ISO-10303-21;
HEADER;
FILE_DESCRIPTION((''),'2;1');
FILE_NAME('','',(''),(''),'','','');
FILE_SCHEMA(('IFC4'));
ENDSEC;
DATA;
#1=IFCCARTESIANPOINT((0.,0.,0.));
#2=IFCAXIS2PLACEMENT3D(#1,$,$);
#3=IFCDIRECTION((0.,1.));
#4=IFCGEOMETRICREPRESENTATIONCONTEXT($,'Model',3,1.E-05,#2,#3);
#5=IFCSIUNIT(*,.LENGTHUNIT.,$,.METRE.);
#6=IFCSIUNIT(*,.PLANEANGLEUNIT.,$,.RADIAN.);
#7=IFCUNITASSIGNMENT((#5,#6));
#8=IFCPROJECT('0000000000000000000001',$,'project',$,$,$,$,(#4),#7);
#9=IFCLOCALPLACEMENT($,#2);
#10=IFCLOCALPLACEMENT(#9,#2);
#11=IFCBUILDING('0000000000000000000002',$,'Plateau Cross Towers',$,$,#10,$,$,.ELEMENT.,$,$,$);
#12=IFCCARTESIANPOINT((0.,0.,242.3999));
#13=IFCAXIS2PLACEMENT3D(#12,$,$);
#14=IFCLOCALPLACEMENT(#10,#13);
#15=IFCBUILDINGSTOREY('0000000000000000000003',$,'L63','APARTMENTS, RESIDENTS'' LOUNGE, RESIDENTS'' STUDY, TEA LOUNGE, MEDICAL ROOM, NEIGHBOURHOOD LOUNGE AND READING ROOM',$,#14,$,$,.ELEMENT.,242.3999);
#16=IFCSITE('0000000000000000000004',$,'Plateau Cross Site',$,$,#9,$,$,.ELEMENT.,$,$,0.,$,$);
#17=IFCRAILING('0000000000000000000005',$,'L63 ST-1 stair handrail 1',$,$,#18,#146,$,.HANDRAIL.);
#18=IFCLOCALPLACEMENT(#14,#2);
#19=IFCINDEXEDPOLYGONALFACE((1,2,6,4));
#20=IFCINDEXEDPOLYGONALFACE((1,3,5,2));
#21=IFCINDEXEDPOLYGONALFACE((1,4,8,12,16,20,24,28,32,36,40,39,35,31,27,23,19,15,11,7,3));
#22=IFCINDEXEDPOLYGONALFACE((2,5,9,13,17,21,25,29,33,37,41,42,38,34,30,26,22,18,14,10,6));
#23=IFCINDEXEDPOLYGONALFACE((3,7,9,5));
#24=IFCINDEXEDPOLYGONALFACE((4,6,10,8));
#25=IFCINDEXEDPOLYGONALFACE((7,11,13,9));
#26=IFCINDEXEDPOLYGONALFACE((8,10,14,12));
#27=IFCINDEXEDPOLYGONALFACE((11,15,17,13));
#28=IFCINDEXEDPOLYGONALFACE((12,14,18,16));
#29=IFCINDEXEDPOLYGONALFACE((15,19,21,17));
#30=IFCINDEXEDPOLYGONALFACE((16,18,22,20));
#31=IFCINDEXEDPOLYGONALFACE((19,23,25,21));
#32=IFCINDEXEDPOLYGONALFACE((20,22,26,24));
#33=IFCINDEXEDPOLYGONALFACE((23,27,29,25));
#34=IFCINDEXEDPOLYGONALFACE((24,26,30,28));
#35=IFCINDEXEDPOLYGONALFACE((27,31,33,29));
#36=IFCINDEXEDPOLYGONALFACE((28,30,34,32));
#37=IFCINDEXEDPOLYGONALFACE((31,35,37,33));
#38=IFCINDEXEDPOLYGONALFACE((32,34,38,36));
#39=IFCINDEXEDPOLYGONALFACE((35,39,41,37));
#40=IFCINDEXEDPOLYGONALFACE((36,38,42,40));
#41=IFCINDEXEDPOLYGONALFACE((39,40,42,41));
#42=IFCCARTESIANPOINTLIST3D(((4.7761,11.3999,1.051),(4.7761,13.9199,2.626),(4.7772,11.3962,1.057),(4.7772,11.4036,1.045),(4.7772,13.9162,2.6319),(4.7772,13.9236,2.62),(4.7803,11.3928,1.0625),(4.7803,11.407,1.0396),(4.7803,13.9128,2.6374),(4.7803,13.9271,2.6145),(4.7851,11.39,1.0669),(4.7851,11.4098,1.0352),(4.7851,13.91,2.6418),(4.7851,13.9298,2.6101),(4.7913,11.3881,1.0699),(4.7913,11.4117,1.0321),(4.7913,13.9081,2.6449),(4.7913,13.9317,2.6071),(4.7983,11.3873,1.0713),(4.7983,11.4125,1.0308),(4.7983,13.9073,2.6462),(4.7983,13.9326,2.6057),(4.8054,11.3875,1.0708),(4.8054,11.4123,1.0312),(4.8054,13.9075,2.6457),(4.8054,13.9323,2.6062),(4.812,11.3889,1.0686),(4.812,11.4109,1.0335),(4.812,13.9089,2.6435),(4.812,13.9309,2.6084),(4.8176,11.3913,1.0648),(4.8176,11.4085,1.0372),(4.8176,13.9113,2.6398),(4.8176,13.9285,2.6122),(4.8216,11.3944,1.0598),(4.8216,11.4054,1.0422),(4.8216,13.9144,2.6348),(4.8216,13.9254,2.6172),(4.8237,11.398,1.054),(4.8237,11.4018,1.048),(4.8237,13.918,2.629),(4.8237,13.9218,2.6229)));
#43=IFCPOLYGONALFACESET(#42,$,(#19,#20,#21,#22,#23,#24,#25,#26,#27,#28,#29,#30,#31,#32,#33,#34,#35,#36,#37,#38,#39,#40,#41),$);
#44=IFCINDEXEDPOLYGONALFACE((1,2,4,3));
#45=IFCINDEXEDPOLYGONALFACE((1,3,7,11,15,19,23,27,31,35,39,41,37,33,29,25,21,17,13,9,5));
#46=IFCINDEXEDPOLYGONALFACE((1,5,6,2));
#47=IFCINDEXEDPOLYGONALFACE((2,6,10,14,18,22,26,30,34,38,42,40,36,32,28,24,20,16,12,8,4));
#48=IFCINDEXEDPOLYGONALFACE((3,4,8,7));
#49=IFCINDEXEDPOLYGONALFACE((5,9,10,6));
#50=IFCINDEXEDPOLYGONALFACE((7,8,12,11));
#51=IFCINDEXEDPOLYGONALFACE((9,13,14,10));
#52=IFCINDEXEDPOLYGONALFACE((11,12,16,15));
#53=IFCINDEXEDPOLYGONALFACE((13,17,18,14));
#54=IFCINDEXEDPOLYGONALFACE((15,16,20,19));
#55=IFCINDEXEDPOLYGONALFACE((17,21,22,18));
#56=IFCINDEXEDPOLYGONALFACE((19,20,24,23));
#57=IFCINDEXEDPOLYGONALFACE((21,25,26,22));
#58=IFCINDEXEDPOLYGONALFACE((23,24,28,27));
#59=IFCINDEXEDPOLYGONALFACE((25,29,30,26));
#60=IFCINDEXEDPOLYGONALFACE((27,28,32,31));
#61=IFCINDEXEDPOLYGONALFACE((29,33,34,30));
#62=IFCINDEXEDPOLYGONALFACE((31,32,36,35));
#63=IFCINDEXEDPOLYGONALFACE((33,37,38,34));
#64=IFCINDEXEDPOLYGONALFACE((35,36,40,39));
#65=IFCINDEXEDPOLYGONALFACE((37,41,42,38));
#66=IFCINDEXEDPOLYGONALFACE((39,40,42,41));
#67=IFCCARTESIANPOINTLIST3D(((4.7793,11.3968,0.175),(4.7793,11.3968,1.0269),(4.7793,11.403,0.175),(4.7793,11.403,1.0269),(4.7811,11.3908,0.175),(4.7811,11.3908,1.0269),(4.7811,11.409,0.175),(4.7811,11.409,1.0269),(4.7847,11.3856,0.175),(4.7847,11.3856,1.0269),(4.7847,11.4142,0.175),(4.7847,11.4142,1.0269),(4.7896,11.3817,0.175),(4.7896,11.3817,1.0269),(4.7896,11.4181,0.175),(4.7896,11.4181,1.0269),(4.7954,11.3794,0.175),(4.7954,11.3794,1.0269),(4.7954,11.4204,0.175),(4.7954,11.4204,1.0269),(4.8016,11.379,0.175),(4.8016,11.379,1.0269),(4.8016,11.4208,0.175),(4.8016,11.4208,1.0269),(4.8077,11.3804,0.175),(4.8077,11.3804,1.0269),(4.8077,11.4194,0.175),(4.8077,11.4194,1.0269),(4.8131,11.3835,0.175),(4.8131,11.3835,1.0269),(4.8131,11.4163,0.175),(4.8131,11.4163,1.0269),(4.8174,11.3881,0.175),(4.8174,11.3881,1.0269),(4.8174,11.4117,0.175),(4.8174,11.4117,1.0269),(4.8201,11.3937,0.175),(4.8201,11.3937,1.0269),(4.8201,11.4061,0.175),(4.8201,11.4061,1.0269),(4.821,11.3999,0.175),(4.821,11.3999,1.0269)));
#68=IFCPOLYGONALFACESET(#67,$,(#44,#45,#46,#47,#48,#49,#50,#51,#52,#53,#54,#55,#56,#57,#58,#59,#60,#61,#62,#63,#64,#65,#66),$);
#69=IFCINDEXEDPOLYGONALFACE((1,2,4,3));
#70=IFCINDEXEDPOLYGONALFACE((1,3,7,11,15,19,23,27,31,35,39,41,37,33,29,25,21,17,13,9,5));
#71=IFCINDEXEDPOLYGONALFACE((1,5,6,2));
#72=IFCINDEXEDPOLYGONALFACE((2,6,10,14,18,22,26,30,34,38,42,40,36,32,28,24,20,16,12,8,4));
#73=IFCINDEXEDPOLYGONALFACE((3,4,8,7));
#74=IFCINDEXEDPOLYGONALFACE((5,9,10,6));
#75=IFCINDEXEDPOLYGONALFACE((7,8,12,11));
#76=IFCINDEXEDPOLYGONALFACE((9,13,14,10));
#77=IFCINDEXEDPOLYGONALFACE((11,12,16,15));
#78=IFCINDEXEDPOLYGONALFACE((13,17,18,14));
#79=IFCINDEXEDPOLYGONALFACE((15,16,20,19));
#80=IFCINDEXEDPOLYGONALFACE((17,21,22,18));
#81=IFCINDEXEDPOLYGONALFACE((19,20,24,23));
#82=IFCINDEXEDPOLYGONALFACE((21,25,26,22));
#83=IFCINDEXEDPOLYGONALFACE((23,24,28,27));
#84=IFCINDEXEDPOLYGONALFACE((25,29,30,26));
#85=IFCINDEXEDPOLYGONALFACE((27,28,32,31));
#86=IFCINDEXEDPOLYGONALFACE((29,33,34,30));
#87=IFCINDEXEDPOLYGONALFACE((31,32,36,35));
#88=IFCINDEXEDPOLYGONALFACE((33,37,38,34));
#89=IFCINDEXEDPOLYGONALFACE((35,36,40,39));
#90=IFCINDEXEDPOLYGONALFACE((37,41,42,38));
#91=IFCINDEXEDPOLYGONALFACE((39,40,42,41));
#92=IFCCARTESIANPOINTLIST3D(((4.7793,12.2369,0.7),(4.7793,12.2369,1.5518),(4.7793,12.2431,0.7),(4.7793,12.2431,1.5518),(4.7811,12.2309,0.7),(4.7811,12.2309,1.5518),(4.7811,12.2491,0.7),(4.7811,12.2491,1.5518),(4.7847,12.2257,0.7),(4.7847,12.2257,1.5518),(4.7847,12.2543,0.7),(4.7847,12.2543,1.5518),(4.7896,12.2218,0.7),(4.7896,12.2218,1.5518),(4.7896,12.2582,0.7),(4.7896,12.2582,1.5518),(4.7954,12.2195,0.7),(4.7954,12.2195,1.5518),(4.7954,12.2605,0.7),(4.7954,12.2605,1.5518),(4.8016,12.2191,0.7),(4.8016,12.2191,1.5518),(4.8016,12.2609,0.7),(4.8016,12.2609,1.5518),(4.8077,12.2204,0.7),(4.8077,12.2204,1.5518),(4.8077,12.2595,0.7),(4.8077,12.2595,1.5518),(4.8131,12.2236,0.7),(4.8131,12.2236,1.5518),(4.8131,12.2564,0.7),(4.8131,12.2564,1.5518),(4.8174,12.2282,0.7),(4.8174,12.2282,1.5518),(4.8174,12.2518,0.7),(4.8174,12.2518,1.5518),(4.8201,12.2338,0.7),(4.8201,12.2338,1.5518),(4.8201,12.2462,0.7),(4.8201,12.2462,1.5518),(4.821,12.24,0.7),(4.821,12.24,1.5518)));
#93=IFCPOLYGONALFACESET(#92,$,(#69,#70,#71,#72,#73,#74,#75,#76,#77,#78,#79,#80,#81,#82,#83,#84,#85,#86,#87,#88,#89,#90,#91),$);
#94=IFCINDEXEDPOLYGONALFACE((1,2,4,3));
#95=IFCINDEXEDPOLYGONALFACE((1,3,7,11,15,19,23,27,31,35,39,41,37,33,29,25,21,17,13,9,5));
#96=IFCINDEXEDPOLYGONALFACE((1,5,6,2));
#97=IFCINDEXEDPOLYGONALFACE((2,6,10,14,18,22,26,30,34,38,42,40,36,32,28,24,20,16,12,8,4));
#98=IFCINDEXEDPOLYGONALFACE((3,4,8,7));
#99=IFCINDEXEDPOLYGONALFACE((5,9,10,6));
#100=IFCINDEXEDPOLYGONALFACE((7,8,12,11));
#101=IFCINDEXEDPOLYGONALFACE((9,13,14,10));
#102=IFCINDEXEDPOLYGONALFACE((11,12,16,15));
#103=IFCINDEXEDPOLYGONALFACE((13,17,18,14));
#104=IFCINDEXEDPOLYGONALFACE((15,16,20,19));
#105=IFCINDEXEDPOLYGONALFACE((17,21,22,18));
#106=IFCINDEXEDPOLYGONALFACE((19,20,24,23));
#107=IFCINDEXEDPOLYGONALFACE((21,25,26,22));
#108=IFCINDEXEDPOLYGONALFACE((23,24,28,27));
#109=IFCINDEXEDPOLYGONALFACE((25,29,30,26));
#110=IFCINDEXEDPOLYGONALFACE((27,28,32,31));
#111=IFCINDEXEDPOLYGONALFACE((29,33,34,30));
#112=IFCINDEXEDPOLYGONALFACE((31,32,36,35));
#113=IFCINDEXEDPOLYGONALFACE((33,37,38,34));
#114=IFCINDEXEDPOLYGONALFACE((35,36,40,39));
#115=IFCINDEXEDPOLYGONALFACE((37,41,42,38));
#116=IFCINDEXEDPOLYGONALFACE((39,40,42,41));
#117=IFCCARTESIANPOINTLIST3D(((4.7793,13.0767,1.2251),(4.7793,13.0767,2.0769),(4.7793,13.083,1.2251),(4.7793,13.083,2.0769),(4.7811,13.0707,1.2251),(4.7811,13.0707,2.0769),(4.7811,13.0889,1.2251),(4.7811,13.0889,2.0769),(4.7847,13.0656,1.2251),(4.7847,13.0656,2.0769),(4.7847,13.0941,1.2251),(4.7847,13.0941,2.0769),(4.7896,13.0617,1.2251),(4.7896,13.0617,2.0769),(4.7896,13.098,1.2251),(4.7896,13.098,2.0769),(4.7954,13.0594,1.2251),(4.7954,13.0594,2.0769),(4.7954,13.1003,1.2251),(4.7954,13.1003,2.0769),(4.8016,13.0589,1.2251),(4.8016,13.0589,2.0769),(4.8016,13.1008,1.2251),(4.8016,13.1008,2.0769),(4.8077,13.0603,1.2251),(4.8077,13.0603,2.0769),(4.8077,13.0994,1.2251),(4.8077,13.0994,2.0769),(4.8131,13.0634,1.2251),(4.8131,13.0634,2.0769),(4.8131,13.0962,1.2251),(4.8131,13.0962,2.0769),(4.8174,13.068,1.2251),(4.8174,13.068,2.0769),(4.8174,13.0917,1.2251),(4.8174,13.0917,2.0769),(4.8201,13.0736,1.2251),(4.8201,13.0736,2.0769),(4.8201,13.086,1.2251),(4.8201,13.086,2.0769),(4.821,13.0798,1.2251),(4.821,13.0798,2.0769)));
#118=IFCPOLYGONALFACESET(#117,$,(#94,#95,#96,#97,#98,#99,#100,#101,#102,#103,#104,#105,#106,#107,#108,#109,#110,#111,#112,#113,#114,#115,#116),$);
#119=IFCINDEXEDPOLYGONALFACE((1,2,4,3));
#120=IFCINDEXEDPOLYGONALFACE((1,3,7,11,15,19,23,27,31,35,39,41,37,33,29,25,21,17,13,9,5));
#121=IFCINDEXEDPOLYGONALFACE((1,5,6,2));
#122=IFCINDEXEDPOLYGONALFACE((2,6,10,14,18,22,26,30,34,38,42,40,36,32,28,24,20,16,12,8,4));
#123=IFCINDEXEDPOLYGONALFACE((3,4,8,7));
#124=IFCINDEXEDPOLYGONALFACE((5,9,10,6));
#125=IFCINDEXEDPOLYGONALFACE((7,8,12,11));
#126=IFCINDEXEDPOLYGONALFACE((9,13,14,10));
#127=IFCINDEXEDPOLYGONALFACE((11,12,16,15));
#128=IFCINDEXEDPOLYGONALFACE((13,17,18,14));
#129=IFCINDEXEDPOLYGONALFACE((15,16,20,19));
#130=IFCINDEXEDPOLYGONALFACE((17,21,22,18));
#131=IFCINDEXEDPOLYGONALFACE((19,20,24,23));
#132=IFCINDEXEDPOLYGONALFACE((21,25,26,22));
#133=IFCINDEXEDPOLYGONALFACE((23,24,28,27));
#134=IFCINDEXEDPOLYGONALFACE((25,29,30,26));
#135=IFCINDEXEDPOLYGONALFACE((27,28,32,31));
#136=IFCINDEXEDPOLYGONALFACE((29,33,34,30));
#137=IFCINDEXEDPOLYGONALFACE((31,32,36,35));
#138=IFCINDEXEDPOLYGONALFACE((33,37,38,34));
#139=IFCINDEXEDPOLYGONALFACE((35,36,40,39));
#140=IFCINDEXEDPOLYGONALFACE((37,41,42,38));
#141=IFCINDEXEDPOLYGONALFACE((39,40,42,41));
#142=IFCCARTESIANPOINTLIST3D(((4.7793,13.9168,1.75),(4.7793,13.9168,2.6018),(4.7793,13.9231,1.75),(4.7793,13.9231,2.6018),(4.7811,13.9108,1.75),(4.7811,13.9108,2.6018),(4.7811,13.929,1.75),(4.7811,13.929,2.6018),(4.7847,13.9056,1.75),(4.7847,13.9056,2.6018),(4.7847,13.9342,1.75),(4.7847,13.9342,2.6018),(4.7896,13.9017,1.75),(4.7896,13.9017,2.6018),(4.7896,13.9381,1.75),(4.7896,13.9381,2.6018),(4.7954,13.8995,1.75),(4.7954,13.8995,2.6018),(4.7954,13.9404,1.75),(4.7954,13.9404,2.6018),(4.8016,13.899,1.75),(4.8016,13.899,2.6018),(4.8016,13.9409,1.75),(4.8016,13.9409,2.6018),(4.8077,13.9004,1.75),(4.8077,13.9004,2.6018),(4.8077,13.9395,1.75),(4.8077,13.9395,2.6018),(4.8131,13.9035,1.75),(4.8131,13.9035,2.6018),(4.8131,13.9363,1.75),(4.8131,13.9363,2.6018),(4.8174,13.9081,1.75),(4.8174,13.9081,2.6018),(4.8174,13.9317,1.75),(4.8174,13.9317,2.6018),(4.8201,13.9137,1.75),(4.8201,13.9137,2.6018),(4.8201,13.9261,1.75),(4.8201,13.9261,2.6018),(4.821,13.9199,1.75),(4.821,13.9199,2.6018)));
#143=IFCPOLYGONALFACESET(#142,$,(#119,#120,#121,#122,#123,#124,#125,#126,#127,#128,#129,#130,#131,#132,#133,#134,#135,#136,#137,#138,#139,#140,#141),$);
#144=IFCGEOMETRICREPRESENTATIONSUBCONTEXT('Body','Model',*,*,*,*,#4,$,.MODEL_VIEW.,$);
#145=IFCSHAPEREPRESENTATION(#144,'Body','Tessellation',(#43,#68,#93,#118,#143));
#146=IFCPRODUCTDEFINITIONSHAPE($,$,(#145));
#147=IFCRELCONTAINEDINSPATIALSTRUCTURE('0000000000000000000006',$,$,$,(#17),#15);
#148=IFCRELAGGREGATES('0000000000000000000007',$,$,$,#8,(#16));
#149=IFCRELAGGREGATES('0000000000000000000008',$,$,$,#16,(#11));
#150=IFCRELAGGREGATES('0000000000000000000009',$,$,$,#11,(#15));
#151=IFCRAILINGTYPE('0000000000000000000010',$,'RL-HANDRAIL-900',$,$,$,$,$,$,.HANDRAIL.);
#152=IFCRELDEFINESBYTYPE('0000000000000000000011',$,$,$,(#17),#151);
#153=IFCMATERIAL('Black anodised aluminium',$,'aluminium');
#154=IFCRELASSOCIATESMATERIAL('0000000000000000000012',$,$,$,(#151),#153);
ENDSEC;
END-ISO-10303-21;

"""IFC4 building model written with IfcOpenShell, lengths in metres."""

from ifc_helpers import new_model, si_unit, direction, frame, origin, origin_2d, place, context, subcontext, project, spatial, circle, extrude, material, type_object, element, save


model = new_model("IFC4")

# Units and contexts
model_context = context("Model", 3, precision=1e-05, world=origin(), true_north=direction((0.0, 1.0)))
body_context = subcontext(model_context, "Body", "Model", "MODEL_VIEW")
ifc_project = project(units=[si_unit("LENGTHUNIT", "METRE"), si_unit("PLANEANGLEUNIT", "RADIAN")], contexts=[model_context])

# Site, building, storey
site_placement = place(None, origin())
site = spatial("IfcSite", under=ifc_project, at=site_placement, Name="Plateau Cross Site", CompositionType="ELEMENT", RefElevation=0.0)
building_placement = place(site_placement, origin())
building = spatial("IfcBuilding", under=site, at=building_placement, Name="Plateau Cross Towers", CompositionType="ELEMENT")
storey_placement = place(building_placement, frame((0.0, 0.0, 242.3999)))
storey = spatial("IfcBuildingStorey", under=building, at=storey_placement, Name="L63", Description="APARTMENTS, RESIDENTS' LOUNGE, RESIDENTS' STUDY, TEA LOUNGE, MEDICAL ROOM, NEIGHBOURHOOD LOUNGE AND READING ROOM", CompositionType="ELEMENT", Elevation=242.3999)

# Shared definitions
ifc_material_1 = material(Name="Black anodised aluminium", Category="aluminium")

# Railing
railing_type_1 = type_object("IfcRailingType", Name="RL-HANDRAIL-900", PredefinedType="HANDRAIL", material=ifc_material_1)
railing_placement = place(storey_placement, frame((4.8, 11.3999, 0.175)))
element("IfcRailing", 1, at=railing_placement, inside=storey, type_object=railing_type_1, Name="L63 ST-1 stair handrail 1", PredefinedType="HANDRAIL", context=body_context, shape_type="SweptSolid", body=[
    extrude(circle(Radius=0.0239, at=origin_2d()), frame((0.0, 0.0, 0.876), z_axis=(0.0, 0.848008, 0.529984), x_axis=(-1.0, 0.0, 0.0)), (0.0, 0.0, 1.0), 2.9717),
    extrude(circle(Radius=0.021, at=origin_2d()), origin(), (0.0, 0.0, 1.0), 0.8518),
    extrude(circle(Radius=0.021, at=origin_2d()), frame((0.0, 0.8401, 0.5249)), (0.0, 0.0, 1.0), 0.8518),
    extrude(circle(Radius=0.021, at=origin_2d()), frame((0.0, 1.6799, 1.05)), (0.0, 0.0, 1.0), 0.8518),
    extrude(circle(Radius=0.021, at=origin_2d()), frame((0.0, 2.52, 1.575)), (0.0, 0.0, 1.0), 0.8518),
])

save(model, "model.ifc")
